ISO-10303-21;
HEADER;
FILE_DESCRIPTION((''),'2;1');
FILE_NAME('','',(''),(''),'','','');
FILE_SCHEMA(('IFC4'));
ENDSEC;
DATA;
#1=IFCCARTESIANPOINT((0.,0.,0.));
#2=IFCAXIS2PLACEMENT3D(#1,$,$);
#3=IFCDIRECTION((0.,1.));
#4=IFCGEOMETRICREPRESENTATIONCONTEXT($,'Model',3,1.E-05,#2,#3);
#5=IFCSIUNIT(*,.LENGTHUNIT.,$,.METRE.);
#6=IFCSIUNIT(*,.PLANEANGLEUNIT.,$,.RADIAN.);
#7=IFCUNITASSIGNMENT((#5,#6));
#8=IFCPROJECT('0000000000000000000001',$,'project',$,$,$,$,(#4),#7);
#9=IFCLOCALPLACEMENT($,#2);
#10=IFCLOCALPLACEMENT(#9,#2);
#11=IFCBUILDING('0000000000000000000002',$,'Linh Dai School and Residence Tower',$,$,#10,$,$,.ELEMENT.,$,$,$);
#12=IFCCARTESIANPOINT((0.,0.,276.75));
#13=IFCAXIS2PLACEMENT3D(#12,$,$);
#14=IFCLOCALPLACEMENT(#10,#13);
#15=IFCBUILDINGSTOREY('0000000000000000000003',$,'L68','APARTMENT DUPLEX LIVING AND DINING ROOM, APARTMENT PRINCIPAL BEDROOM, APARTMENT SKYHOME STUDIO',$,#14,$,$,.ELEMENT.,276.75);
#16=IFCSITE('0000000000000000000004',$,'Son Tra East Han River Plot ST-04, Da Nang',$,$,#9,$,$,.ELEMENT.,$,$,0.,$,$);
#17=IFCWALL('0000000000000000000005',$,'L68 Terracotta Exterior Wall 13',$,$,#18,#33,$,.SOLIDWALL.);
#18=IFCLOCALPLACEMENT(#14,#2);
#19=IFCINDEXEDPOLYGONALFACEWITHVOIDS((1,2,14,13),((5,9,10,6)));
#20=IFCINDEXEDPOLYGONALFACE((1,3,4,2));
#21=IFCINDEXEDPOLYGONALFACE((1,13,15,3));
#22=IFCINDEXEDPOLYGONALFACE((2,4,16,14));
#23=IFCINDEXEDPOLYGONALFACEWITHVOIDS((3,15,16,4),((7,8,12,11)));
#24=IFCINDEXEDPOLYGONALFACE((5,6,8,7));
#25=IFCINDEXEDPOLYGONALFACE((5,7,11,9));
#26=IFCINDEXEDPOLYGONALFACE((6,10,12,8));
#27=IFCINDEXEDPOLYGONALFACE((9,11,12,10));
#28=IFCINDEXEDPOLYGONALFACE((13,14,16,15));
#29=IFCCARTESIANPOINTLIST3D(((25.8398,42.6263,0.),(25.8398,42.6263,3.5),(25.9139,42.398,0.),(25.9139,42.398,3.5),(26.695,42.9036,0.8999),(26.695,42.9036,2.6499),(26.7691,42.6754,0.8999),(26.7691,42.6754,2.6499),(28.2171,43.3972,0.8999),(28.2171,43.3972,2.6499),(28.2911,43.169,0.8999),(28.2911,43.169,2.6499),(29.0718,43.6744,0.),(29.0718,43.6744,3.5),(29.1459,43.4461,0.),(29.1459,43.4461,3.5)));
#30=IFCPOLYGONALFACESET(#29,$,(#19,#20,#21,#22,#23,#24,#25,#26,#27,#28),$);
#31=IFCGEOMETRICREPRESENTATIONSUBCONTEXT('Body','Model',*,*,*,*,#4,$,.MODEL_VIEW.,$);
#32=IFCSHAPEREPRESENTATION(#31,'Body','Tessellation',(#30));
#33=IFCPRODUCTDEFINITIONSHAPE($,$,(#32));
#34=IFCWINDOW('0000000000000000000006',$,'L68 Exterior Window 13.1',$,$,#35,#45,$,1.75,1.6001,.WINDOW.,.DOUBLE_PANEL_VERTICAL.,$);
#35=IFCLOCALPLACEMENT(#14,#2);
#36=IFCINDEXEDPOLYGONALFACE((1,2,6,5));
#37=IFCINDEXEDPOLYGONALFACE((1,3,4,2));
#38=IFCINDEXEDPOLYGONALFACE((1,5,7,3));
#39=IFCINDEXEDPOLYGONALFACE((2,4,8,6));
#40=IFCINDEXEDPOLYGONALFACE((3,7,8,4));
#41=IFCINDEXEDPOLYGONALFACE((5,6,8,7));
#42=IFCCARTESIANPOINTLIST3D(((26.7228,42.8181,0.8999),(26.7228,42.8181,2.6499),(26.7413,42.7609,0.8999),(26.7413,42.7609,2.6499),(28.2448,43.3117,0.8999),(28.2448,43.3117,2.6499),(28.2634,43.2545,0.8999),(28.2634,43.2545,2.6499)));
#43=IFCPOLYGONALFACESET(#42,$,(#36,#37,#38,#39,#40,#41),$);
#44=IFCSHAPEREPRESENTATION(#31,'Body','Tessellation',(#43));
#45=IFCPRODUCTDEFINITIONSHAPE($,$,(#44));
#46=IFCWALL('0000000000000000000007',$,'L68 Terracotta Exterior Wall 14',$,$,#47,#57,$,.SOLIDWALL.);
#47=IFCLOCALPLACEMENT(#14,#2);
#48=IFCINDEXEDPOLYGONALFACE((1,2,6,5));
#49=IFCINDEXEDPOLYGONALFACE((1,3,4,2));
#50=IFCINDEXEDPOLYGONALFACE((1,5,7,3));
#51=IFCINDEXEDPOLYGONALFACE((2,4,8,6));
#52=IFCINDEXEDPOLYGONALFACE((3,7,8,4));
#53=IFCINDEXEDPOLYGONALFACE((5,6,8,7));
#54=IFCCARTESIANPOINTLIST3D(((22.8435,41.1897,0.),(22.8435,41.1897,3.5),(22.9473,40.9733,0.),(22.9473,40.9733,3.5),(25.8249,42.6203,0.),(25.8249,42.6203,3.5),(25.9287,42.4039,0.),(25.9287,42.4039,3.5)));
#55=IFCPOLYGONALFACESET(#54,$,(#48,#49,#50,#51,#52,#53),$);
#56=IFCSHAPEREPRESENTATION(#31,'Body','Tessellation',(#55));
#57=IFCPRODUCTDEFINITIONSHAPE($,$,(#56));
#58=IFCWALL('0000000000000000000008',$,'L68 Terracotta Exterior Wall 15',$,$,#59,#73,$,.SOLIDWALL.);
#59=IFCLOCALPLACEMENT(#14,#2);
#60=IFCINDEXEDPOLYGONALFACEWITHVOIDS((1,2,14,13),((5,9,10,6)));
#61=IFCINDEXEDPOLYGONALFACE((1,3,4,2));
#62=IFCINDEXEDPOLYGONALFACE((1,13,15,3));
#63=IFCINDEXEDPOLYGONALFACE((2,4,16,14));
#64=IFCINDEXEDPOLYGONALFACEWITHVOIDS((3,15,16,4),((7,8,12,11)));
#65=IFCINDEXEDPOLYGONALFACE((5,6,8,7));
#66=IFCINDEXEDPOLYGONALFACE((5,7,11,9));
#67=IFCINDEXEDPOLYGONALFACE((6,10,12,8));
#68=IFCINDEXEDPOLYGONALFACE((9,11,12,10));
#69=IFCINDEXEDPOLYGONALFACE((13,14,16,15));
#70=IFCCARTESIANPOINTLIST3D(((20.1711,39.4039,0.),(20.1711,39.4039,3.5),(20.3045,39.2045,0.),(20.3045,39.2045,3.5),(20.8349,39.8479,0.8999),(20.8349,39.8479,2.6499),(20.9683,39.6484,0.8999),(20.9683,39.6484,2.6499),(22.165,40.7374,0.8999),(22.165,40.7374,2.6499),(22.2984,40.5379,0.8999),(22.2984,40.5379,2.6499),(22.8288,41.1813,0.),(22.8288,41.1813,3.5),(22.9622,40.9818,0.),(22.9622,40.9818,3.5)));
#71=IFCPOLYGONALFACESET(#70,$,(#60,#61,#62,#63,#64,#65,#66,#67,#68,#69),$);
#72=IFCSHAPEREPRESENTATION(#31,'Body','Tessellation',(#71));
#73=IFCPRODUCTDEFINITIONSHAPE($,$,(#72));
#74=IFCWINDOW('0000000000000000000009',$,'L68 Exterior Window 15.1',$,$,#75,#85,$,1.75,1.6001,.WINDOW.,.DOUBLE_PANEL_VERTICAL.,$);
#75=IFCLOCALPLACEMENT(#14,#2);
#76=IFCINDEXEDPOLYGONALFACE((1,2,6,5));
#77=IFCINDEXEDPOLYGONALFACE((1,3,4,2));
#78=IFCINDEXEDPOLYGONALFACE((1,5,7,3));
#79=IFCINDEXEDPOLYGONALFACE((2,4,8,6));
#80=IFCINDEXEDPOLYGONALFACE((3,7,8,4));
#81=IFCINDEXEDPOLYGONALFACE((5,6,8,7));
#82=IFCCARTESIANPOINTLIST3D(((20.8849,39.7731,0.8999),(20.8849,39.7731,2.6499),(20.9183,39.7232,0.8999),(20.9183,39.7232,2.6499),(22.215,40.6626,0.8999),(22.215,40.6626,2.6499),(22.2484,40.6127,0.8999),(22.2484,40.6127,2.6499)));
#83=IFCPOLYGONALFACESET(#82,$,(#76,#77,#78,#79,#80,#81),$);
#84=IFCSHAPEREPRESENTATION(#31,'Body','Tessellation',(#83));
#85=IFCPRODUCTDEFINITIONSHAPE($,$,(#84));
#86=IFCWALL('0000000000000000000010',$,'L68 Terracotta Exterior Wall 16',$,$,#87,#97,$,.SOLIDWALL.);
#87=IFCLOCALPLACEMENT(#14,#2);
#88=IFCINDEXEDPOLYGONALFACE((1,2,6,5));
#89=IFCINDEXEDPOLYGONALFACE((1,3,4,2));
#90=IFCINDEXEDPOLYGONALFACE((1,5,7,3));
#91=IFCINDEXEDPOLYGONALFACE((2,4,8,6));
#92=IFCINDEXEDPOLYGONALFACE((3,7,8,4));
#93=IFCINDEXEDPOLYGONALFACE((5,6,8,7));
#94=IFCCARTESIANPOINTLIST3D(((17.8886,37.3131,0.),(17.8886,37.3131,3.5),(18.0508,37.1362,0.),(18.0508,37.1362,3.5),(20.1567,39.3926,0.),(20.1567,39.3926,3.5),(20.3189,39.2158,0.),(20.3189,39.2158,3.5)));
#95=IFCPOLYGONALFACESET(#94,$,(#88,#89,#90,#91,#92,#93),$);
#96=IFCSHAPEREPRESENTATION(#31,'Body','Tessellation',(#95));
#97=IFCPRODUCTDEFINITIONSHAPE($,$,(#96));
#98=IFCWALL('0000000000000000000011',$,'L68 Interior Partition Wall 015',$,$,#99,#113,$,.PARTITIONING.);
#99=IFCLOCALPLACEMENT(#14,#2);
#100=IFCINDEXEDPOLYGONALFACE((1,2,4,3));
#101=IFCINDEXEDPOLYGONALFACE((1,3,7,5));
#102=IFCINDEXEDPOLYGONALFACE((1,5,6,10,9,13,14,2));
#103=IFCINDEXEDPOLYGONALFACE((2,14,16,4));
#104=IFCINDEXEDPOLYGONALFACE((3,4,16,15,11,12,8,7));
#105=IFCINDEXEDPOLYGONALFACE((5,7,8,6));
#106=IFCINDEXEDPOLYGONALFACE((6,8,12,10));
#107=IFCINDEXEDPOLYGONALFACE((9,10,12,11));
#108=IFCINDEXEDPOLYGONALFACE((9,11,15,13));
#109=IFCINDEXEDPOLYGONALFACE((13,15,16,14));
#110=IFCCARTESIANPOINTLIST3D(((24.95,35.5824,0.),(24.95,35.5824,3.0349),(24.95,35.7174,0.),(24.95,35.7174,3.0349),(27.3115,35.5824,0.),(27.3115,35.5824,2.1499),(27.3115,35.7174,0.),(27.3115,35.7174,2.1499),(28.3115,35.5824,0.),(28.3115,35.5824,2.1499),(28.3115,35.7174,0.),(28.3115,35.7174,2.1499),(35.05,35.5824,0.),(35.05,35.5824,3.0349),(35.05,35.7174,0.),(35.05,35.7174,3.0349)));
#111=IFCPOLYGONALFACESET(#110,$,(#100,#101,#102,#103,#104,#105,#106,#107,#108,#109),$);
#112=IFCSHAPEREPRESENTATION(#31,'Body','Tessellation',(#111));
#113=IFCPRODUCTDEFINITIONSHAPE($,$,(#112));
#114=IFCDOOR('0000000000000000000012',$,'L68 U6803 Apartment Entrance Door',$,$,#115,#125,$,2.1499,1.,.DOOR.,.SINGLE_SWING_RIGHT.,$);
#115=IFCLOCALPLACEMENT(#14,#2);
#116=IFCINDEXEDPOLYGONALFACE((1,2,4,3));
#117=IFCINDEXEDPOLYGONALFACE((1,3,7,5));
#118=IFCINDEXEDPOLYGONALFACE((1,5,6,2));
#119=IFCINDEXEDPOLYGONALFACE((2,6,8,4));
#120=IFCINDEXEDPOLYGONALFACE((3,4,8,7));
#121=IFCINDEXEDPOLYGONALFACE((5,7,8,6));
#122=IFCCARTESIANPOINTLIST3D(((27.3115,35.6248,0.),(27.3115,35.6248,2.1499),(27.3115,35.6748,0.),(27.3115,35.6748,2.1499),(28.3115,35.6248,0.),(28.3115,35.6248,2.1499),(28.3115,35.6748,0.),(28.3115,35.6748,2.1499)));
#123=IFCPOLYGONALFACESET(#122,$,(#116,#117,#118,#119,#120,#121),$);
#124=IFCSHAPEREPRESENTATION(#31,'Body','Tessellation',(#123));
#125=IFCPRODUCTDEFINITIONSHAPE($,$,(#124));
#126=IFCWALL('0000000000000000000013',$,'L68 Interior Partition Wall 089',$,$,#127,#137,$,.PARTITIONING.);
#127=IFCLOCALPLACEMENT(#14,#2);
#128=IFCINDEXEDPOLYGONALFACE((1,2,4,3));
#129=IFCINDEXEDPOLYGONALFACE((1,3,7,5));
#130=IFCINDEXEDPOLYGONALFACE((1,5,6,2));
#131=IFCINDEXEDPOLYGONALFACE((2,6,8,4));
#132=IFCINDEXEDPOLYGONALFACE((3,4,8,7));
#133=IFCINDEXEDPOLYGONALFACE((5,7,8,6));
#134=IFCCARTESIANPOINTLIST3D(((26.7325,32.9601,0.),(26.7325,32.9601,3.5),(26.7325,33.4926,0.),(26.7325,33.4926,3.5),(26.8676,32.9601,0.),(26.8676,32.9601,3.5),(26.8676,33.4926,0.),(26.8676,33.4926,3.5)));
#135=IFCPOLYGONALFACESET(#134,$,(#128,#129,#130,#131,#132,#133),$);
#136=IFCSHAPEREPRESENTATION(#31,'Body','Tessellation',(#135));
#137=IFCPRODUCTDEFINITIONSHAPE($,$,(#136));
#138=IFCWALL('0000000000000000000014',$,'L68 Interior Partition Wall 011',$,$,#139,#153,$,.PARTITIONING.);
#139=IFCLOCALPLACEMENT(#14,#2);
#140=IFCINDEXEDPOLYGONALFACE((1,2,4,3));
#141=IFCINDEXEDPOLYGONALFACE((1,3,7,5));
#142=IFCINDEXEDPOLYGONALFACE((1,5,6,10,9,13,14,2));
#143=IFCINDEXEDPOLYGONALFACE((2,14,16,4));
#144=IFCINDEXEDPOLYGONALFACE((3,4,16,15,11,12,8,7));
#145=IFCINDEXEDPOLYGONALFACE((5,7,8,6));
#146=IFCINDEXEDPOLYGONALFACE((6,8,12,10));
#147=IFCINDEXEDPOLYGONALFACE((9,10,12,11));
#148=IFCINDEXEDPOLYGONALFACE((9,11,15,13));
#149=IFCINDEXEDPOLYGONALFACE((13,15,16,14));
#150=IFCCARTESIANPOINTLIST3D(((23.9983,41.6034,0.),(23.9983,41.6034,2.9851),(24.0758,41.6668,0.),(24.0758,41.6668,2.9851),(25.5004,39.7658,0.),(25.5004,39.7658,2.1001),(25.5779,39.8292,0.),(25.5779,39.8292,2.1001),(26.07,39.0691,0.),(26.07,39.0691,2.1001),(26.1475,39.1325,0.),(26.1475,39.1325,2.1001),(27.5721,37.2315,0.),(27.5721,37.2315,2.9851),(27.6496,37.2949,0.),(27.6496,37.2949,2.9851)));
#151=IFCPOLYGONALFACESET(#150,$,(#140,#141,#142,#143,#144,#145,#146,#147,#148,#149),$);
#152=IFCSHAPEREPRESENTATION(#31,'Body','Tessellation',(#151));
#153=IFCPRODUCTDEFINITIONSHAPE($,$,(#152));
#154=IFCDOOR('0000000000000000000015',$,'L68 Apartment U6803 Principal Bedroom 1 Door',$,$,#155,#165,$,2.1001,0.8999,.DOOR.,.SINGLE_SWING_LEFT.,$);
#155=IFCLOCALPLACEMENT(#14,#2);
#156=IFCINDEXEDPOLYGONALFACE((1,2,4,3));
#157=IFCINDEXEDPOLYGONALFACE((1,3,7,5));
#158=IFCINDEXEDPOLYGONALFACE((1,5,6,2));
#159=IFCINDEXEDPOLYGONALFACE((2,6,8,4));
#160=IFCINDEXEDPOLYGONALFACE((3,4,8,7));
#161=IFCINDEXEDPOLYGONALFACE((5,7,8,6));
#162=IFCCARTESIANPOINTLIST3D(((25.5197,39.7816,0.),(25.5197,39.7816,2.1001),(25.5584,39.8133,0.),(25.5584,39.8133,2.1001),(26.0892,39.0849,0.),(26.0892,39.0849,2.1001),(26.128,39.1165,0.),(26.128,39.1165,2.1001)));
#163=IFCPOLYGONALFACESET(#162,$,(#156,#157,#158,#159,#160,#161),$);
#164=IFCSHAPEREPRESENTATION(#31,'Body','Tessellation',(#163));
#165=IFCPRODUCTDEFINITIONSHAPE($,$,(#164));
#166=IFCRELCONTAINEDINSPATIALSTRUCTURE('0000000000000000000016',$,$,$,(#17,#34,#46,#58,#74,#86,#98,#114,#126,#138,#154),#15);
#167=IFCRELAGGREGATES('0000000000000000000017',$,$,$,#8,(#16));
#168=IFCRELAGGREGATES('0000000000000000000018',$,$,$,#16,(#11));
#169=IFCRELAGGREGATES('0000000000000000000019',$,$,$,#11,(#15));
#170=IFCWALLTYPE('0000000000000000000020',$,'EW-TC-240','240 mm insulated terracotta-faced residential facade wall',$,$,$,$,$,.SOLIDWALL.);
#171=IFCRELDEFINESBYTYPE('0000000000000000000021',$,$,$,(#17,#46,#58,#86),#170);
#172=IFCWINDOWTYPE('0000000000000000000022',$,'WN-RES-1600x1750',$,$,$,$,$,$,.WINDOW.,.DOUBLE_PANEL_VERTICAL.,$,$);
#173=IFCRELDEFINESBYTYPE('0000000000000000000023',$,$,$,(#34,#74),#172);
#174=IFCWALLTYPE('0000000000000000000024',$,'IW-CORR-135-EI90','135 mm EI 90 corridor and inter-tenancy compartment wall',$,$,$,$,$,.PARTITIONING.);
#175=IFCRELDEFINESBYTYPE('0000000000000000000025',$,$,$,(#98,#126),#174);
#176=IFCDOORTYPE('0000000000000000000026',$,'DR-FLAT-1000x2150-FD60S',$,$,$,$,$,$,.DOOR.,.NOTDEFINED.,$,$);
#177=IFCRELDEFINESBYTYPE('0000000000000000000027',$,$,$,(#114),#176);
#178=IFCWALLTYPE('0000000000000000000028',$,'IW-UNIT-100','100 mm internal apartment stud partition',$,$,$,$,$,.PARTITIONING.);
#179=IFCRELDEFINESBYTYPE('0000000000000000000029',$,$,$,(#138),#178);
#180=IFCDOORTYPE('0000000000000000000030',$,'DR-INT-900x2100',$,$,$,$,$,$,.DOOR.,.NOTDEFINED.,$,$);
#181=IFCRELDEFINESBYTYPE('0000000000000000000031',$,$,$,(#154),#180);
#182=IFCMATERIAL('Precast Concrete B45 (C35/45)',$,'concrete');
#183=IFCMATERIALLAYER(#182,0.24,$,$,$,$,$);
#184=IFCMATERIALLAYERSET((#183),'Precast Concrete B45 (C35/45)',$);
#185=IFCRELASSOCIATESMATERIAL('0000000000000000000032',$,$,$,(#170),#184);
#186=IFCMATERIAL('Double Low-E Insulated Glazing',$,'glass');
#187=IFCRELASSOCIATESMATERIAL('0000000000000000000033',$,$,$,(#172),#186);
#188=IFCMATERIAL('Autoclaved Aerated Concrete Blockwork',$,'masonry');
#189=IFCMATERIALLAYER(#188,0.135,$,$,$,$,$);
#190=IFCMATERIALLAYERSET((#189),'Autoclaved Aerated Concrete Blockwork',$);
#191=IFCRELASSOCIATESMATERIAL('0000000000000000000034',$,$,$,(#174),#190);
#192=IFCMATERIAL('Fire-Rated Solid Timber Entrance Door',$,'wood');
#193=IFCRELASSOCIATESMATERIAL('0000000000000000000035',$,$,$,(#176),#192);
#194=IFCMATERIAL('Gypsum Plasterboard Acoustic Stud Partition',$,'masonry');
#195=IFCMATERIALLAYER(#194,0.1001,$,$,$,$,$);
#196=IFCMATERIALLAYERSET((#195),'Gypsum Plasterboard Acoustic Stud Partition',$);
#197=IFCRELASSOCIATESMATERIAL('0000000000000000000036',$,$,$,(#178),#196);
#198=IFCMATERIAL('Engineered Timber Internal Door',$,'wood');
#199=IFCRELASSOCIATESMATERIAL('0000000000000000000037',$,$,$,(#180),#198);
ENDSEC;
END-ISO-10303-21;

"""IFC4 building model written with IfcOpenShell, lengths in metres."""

from ifc_helpers import new_model, si_unit, direction, frame, frame_2d, origin, origin_2d, place, context, subcontext, project, spatial, rectangle, extrude, source, transform, mapped, material, layer, layer_set, type_object, element, fill, save


model = new_model("IFC4")

# Units and contexts
model_context = context("Model", 3, precision=1e-05, world=origin(), true_north=direction((0.0, 1.0)))
body_context = subcontext(model_context, "Body", "Model", "MODEL_VIEW")
ifc_project = project(units=[si_unit("LENGTHUNIT", "METRE"), si_unit("PLANEANGLEUNIT", "RADIAN")], contexts=[model_context])

# Site, building, storey
site_placement = place(None, origin())
site = spatial("IfcSite", under=ifc_project, at=site_placement, Name="Son Tra East Han River Plot ST-04, Da Nang", CompositionType="ELEMENT", RefElevation=0.0)
building_placement = place(site_placement, origin())
building = spatial("IfcBuilding", under=site, at=building_placement, Name="Linh Dai School and Residence Tower", CompositionType="ELEMENT")
storey_placement = place(building_placement, frame((0.0, 0.0, 276.75)))
storey = spatial("IfcBuildingStorey", under=building, at=storey_placement, Name="L68", Description="APARTMENT DUPLEX LIVING AND DINING ROOM, APARTMENT PRINCIPAL BEDROOM, APARTMENT SKYHOME STUDIO", CompositionType="ELEMENT", Elevation=276.75)

# Shared definitions
ifc_material_1 = material(Name="Precast Concrete B45 (C35/45)", Category="concrete")

# Wall, opening, window
ifc_layer_1 = layer(ifc_material_1, 0.24)
ifc_layer_set_1 = layer_set([ifc_layer_1], Name="Precast Concrete B45 (C35/45)")
wall_type_1 = type_object("IfcWallType", Name="EW-TC-240", Description="240 mm insulated terracotta-faced residential facade wall", PredefinedType="SOLIDWALL", material=ifc_layer_set_1)
wall_1_placement = place(storey_placement, frame((25.877, 42.5122, 0.0), z_axis=(0.0, 0.0, 1.0), x_axis=(0.951231, 0.308478, 0.0)))
wall_1 = element("IfcWall", 1, at=wall_1_placement, inside=storey, type_object=wall_type_1, Name="L68 Terracotta Exterior Wall 13", PredefinedType="SOLIDWALL", context=body_context, shape_type="SweptSolid", body=[
    extrude(rectangle(XDim=3.3977, YDim=0.24, at=frame_2d((1.6987, 0.0))), origin(), (0.0, 0.0, 1.0), 3.5),
])
opening_1_placement = place(wall_1_placement, frame((0.8989, 0.0, 0.8999)))
opening_1 = element("IfcOpeningElement", 2, at=opening_1_placement, cuts=wall_1, PredefinedType="OPENING", context=body_context, shape_type="SweptSolid", body=[
    extrude(rectangle(XDim=1.6001, YDim=1.75, at=origin_2d()), frame((0.8, 0.1299, 0.875), z_axis=(0.0, -1.0, 0.0), x_axis=(1.0, 0.0, 0.0)), (0.0, 0.0, 1.0), 0.26),
])
ifc_material_2 = material(Name="Double Low-E Insulated Glazing", Category="glass")
window_type = type_object("IfcWindowType", Name="WN-RES-1600x1750", PartitioningType="DOUBLE_PANEL_VERTICAL", PredefinedType="WINDOW", material=ifc_material_2)
shared_shape_1 = source(origin(), body_context, "Body", "SweptSolid", [
    extrude(rectangle(XDim=1.6001, YDim=1.75, at=origin_2d()), frame((0.8, 0.03, 0.875), z_axis=(0.0, -1.0, 0.0), x_axis=(1.0, 0.0, 0.0)), (0.0, 0.0, 1.0), 0.0601),
])
window_1_placement = place(opening_1_placement, origin())
window_1 = element("IfcWindow", 3, at=window_1_placement, inside=storey, type_object=window_type, Name="L68 Exterior Window 13.1", OverallHeight=1.75, OverallWidth=1.6001, PartitioningType="DOUBLE_PANEL_VERTICAL", PredefinedType="WINDOW", context=body_context, shape_type="MappedRepresentation", body=[
    mapped(shared_shape_1, transform((0.0, 0.0, 0.0), x_axis=(1.0, 0.0, 0.0), y_axis=(0.0, 1.0, 0.0), z_axis=(0.0, 0.0, 1.0), scale=1.0)),
])
fill(opening_1, window_1)

# Wall
wall_2_placement = place(storey_placement, frame((22.8955, 41.0815, 0.0), z_axis=(0.0, 0.0, 1.0), x_axis=(0.901574, 0.432625, 0.0)))
element("IfcWall", 4, at=wall_2_placement, inside=storey, type_object=wall_type_1, Name="L68 Terracotta Exterior Wall 14", PredefinedType="SOLIDWALL", context=body_context, shape_type="SweptSolid", body=[
    extrude(rectangle(XDim=3.3069, YDim=0.24, at=frame_2d((1.6533, 0.0))), origin(), (0.0, 0.0, 1.0), 3.5),
])

# Wall, opening, window
wall_3_placement = place(storey_placement, frame((20.2378, 39.3042, 0.0), z_axis=(0.0, 0.0, 1.0), x_axis=(0.831251, 0.555898, 0.0)))
wall_3 = element("IfcWall", 5, at=wall_3_placement, inside=storey, type_object=wall_type_1, Name="L68 Terracotta Exterior Wall 15", PredefinedType="SOLIDWALL", context=body_context, shape_type="SweptSolid", body=[
    extrude(rectangle(XDim=3.1973, YDim=0.24, at=frame_2d((1.5986, 0.0))), origin(), (0.0, 0.0, 1.0), 3.5),
])
opening_2_placement = place(wall_3_placement, frame((0.7986, 0.0, 0.8999)))
opening_2 = element("IfcOpeningElement", 6, at=opening_2_placement, cuts=wall_3, PredefinedType="OPENING", context=body_context, shape_type="SweptSolid", body=[
    extrude(rectangle(XDim=1.6001, YDim=1.75, at=origin_2d()), frame((0.8, 0.1299, 0.875), z_axis=(0.0, -1.0, 0.0), x_axis=(1.0, 0.0, 0.0)), (0.0, 0.0, 1.0), 0.26),
])
window_2_placement = place(opening_2_placement, origin())
window_2 = element("IfcWindow", 7, at=window_2_placement, inside=storey, type_object=window_type, Name="L68 Exterior Window 15.1", OverallHeight=1.75, OverallWidth=1.6001, PartitioningType="DOUBLE_PANEL_VERTICAL", PredefinedType="WINDOW", context=body_context, shape_type="MappedRepresentation", body=[
    mapped(shared_shape_1, transform((0.0, 0.0, 0.0), x_axis=(1.0, 0.0, 0.0), y_axis=(0.0, 1.0, 0.0), z_axis=(0.0, 0.0, 1.0), scale=1.0)),
])
fill(opening_2, window_2)

# Wall
wall_4_placement = place(storey_placement, frame((17.9697, 37.2246, 0.0), z_axis=(0.0, 0.0, 1.0), x_axis=(0.737069, 0.675818, 0.0)))
element("IfcWall", 8, at=wall_4_placement, inside=storey, type_object=wall_type_1, Name="L68 Terracotta Exterior Wall 16", PredefinedType="SOLIDWALL", context=body_context, shape_type="SweptSolid", body=[
    extrude(rectangle(XDim=3.0771, YDim=0.24, at=frame_2d((1.5386, 0.0))), origin(), (0.0, 0.0, 1.0), 3.5),
])

# Wall, opening, door
ifc_material_3 = material(Name="Autoclaved Aerated Concrete Blockwork", Category="masonry")
ifc_layer_2 = layer(ifc_material_3, 0.135)
ifc_layer_set_2 = layer_set([ifc_layer_2], Name="Autoclaved Aerated Concrete Blockwork")
wall_type_2 = type_object("IfcWallType", Name="IW-CORR-135-EI90", Description="135 mm EI 90 corridor and inter-tenancy compartment wall", PredefinedType="PARTITIONING", material=ifc_layer_set_2)
wall_5_placement = place(storey_placement, frame((24.95, 35.6499, 0.0), z_axis=(0.0, 0.0, 1.0), x_axis=(1.0, 0.0, 0.0)))
wall_5 = element("IfcWall", 9, at=wall_5_placement, inside=storey, type_object=wall_type_2, Name="L68 Interior Partition Wall 015", PredefinedType="PARTITIONING", context=body_context, shape_type="SweptSolid", body=[
    extrude(rectangle(XDim=10.1001, YDim=0.135, at=frame_2d((5.05, 0.0))), origin(), (0.0, 0.0, 1.0), 3.0349),
])
opening_3_placement = place(wall_5_placement, frame((2.3616, 0.0, 0.0)))
opening_3 = element("IfcOpeningElement", 10, at=opening_3_placement, cuts=wall_5, PredefinedType="OPENING", context=body_context, shape_type="SweptSolid", body=[
    extrude(rectangle(XDim=1.0, YDim=2.1499, at=origin_2d()), frame((0.5, 0.0776, 1.075), z_axis=(0.0, -1.0, 0.0), x_axis=(1.0, 0.0, 0.0)), (0.0, 0.0, 1.0), 0.155),
])
ifc_material_4 = material(Name="Fire-Rated Solid Timber Entrance Door", Category="wood")
door_type_1 = type_object("IfcDoorType", Name="DR-FLAT-1000x2150-FD60S", OperationType="NOTDEFINED", PredefinedType="DOOR", material=ifc_material_4)
shared_shape_2 = source(origin(), body_context, "Body", "SweptSolid", [
    extrude(rectangle(XDim=1.0, YDim=2.1499, at=origin_2d()), frame((0.5, 0.0249, 1.075), z_axis=(0.0, -1.0, 0.0), x_axis=(1.0, 0.0, 0.0)), (0.0, 0.0, 1.0), 0.05),
])
door_1_placement = place(opening_3_placement, origin())
door_1 = element("IfcDoor", 11, at=door_1_placement, inside=storey, type_object=door_type_1, Name="L68 U6803 Apartment Entrance Door", OperationType="SINGLE_SWING_RIGHT", OverallHeight=2.1499, OverallWidth=1.0, PredefinedType="DOOR", context=body_context, shape_type="MappedRepresentation", body=[
    mapped(shared_shape_2, transform((0.0, 0.0, 0.0), x_axis=(1.0, 0.0, 0.0), y_axis=(0.0, 1.0, 0.0), z_axis=(0.0, 0.0, 1.0), scale=1.0)),
])
fill(opening_3, door_1)

# Wall
wall_6_placement = place(storey_placement, frame((26.8, 33.4924, 0.0), z_axis=(0.0, 0.0, 1.0), x_axis=(0.0, -1.0, 0.0)))
element("IfcWall", 12, at=wall_6_placement, inside=storey, type_object=wall_type_2, Name="L68 Interior Partition Wall 089", PredefinedType="PARTITIONING", context=body_context, shape_type="SweptSolid", body=[
    extrude(rectangle(XDim=0.5325, YDim=0.135, at=frame_2d((0.2661, 0.0))), origin(), (0.0, 0.0, 1.0), 3.5),
])

# Wall, opening, door
ifc_material_5 = material(Name="Gypsum Plasterboard Acoustic Stud Partition", Category="masonry")
ifc_layer_3 = layer(ifc_material_5, 0.1001)
ifc_layer_set_3 = layer_set([ifc_layer_3], Name="Gypsum Plasterboard Acoustic Stud Partition")
wall_type_3 = type_object("IfcWallType", Name="IW-UNIT-100", Description="100 mm internal apartment stud partition", PredefinedType="PARTITIONING", material=ifc_layer_set_3)
wall_7_placement = place(storey_placement, frame((24.0371, 41.635, 0.0), z_axis=(0.0, 0.0, 1.0), x_axis=(0.632896, -0.774237, 0.0)))
wall_7 = element("IfcWall", 13, at=wall_7_placement, inside=storey, type_object=wall_type_3, Name="L68 Interior Partition Wall 011", PredefinedType="PARTITIONING", context=body_context, shape_type="SweptSolid", body=[
    extrude(rectangle(XDim=5.6467, YDim=0.1001, at=frame_2d((2.8232, 0.0))), origin(), (0.0, 0.0, 1.0), 2.9851),
])
opening_4_placement = place(wall_7_placement, frame((2.3733, 0.0, 0.0)))
opening_4 = element("IfcOpeningElement", 14, at=opening_4_placement, cuts=wall_7, PredefinedType="OPENING", context=body_context, shape_type="SweptSolid", body=[
    extrude(rectangle(XDim=0.8999, YDim=2.1001, at=origin_2d()), frame((0.45, 0.0601, 1.05), z_axis=(0.0, -1.0, 0.0), x_axis=(1.0, 0.0, 0.0)), (0.0, 0.0, 1.0), 0.1201),
])
ifc_material_6 = material(Name="Engineered Timber Internal Door", Category="wood")
door_type_2 = type_object("IfcDoorType", Name="DR-INT-900x2100", OperationType="NOTDEFINED", PredefinedType="DOOR", material=ifc_material_6)
shared_shape_3 = source(origin(), body_context, "Body", "SweptSolid", [
    extrude(rectangle(XDim=0.8999, YDim=2.1001, at=origin_2d()), frame((0.45, 0.0249, 1.05), z_axis=(0.0, -1.0, 0.0), x_axis=(1.0, 0.0, 0.0)), (0.0, 0.0, 1.0), 0.05),
])
door_2_placement = place(opening_4_placement, origin())
door_2 = element("IfcDoor", 15, at=door_2_placement, inside=storey, type_object=door_type_2, Name="L68 Apartment U6803 Principal Bedroom 1 Door", OperationType="SINGLE_SWING_LEFT", OverallHeight=2.1001, OverallWidth=0.8999, PredefinedType="DOOR", context=body_context, shape_type="MappedRepresentation", body=[
    mapped(shared_shape_3, transform((0.0, 0.0, 0.0), x_axis=(1.0, 0.0, 0.0), y_axis=(0.0, 1.0, 0.0), z_axis=(0.0, 0.0, 1.0), scale=1.0)),
])
fill(opening_4, door_2)

save(model, "model.ifc")
